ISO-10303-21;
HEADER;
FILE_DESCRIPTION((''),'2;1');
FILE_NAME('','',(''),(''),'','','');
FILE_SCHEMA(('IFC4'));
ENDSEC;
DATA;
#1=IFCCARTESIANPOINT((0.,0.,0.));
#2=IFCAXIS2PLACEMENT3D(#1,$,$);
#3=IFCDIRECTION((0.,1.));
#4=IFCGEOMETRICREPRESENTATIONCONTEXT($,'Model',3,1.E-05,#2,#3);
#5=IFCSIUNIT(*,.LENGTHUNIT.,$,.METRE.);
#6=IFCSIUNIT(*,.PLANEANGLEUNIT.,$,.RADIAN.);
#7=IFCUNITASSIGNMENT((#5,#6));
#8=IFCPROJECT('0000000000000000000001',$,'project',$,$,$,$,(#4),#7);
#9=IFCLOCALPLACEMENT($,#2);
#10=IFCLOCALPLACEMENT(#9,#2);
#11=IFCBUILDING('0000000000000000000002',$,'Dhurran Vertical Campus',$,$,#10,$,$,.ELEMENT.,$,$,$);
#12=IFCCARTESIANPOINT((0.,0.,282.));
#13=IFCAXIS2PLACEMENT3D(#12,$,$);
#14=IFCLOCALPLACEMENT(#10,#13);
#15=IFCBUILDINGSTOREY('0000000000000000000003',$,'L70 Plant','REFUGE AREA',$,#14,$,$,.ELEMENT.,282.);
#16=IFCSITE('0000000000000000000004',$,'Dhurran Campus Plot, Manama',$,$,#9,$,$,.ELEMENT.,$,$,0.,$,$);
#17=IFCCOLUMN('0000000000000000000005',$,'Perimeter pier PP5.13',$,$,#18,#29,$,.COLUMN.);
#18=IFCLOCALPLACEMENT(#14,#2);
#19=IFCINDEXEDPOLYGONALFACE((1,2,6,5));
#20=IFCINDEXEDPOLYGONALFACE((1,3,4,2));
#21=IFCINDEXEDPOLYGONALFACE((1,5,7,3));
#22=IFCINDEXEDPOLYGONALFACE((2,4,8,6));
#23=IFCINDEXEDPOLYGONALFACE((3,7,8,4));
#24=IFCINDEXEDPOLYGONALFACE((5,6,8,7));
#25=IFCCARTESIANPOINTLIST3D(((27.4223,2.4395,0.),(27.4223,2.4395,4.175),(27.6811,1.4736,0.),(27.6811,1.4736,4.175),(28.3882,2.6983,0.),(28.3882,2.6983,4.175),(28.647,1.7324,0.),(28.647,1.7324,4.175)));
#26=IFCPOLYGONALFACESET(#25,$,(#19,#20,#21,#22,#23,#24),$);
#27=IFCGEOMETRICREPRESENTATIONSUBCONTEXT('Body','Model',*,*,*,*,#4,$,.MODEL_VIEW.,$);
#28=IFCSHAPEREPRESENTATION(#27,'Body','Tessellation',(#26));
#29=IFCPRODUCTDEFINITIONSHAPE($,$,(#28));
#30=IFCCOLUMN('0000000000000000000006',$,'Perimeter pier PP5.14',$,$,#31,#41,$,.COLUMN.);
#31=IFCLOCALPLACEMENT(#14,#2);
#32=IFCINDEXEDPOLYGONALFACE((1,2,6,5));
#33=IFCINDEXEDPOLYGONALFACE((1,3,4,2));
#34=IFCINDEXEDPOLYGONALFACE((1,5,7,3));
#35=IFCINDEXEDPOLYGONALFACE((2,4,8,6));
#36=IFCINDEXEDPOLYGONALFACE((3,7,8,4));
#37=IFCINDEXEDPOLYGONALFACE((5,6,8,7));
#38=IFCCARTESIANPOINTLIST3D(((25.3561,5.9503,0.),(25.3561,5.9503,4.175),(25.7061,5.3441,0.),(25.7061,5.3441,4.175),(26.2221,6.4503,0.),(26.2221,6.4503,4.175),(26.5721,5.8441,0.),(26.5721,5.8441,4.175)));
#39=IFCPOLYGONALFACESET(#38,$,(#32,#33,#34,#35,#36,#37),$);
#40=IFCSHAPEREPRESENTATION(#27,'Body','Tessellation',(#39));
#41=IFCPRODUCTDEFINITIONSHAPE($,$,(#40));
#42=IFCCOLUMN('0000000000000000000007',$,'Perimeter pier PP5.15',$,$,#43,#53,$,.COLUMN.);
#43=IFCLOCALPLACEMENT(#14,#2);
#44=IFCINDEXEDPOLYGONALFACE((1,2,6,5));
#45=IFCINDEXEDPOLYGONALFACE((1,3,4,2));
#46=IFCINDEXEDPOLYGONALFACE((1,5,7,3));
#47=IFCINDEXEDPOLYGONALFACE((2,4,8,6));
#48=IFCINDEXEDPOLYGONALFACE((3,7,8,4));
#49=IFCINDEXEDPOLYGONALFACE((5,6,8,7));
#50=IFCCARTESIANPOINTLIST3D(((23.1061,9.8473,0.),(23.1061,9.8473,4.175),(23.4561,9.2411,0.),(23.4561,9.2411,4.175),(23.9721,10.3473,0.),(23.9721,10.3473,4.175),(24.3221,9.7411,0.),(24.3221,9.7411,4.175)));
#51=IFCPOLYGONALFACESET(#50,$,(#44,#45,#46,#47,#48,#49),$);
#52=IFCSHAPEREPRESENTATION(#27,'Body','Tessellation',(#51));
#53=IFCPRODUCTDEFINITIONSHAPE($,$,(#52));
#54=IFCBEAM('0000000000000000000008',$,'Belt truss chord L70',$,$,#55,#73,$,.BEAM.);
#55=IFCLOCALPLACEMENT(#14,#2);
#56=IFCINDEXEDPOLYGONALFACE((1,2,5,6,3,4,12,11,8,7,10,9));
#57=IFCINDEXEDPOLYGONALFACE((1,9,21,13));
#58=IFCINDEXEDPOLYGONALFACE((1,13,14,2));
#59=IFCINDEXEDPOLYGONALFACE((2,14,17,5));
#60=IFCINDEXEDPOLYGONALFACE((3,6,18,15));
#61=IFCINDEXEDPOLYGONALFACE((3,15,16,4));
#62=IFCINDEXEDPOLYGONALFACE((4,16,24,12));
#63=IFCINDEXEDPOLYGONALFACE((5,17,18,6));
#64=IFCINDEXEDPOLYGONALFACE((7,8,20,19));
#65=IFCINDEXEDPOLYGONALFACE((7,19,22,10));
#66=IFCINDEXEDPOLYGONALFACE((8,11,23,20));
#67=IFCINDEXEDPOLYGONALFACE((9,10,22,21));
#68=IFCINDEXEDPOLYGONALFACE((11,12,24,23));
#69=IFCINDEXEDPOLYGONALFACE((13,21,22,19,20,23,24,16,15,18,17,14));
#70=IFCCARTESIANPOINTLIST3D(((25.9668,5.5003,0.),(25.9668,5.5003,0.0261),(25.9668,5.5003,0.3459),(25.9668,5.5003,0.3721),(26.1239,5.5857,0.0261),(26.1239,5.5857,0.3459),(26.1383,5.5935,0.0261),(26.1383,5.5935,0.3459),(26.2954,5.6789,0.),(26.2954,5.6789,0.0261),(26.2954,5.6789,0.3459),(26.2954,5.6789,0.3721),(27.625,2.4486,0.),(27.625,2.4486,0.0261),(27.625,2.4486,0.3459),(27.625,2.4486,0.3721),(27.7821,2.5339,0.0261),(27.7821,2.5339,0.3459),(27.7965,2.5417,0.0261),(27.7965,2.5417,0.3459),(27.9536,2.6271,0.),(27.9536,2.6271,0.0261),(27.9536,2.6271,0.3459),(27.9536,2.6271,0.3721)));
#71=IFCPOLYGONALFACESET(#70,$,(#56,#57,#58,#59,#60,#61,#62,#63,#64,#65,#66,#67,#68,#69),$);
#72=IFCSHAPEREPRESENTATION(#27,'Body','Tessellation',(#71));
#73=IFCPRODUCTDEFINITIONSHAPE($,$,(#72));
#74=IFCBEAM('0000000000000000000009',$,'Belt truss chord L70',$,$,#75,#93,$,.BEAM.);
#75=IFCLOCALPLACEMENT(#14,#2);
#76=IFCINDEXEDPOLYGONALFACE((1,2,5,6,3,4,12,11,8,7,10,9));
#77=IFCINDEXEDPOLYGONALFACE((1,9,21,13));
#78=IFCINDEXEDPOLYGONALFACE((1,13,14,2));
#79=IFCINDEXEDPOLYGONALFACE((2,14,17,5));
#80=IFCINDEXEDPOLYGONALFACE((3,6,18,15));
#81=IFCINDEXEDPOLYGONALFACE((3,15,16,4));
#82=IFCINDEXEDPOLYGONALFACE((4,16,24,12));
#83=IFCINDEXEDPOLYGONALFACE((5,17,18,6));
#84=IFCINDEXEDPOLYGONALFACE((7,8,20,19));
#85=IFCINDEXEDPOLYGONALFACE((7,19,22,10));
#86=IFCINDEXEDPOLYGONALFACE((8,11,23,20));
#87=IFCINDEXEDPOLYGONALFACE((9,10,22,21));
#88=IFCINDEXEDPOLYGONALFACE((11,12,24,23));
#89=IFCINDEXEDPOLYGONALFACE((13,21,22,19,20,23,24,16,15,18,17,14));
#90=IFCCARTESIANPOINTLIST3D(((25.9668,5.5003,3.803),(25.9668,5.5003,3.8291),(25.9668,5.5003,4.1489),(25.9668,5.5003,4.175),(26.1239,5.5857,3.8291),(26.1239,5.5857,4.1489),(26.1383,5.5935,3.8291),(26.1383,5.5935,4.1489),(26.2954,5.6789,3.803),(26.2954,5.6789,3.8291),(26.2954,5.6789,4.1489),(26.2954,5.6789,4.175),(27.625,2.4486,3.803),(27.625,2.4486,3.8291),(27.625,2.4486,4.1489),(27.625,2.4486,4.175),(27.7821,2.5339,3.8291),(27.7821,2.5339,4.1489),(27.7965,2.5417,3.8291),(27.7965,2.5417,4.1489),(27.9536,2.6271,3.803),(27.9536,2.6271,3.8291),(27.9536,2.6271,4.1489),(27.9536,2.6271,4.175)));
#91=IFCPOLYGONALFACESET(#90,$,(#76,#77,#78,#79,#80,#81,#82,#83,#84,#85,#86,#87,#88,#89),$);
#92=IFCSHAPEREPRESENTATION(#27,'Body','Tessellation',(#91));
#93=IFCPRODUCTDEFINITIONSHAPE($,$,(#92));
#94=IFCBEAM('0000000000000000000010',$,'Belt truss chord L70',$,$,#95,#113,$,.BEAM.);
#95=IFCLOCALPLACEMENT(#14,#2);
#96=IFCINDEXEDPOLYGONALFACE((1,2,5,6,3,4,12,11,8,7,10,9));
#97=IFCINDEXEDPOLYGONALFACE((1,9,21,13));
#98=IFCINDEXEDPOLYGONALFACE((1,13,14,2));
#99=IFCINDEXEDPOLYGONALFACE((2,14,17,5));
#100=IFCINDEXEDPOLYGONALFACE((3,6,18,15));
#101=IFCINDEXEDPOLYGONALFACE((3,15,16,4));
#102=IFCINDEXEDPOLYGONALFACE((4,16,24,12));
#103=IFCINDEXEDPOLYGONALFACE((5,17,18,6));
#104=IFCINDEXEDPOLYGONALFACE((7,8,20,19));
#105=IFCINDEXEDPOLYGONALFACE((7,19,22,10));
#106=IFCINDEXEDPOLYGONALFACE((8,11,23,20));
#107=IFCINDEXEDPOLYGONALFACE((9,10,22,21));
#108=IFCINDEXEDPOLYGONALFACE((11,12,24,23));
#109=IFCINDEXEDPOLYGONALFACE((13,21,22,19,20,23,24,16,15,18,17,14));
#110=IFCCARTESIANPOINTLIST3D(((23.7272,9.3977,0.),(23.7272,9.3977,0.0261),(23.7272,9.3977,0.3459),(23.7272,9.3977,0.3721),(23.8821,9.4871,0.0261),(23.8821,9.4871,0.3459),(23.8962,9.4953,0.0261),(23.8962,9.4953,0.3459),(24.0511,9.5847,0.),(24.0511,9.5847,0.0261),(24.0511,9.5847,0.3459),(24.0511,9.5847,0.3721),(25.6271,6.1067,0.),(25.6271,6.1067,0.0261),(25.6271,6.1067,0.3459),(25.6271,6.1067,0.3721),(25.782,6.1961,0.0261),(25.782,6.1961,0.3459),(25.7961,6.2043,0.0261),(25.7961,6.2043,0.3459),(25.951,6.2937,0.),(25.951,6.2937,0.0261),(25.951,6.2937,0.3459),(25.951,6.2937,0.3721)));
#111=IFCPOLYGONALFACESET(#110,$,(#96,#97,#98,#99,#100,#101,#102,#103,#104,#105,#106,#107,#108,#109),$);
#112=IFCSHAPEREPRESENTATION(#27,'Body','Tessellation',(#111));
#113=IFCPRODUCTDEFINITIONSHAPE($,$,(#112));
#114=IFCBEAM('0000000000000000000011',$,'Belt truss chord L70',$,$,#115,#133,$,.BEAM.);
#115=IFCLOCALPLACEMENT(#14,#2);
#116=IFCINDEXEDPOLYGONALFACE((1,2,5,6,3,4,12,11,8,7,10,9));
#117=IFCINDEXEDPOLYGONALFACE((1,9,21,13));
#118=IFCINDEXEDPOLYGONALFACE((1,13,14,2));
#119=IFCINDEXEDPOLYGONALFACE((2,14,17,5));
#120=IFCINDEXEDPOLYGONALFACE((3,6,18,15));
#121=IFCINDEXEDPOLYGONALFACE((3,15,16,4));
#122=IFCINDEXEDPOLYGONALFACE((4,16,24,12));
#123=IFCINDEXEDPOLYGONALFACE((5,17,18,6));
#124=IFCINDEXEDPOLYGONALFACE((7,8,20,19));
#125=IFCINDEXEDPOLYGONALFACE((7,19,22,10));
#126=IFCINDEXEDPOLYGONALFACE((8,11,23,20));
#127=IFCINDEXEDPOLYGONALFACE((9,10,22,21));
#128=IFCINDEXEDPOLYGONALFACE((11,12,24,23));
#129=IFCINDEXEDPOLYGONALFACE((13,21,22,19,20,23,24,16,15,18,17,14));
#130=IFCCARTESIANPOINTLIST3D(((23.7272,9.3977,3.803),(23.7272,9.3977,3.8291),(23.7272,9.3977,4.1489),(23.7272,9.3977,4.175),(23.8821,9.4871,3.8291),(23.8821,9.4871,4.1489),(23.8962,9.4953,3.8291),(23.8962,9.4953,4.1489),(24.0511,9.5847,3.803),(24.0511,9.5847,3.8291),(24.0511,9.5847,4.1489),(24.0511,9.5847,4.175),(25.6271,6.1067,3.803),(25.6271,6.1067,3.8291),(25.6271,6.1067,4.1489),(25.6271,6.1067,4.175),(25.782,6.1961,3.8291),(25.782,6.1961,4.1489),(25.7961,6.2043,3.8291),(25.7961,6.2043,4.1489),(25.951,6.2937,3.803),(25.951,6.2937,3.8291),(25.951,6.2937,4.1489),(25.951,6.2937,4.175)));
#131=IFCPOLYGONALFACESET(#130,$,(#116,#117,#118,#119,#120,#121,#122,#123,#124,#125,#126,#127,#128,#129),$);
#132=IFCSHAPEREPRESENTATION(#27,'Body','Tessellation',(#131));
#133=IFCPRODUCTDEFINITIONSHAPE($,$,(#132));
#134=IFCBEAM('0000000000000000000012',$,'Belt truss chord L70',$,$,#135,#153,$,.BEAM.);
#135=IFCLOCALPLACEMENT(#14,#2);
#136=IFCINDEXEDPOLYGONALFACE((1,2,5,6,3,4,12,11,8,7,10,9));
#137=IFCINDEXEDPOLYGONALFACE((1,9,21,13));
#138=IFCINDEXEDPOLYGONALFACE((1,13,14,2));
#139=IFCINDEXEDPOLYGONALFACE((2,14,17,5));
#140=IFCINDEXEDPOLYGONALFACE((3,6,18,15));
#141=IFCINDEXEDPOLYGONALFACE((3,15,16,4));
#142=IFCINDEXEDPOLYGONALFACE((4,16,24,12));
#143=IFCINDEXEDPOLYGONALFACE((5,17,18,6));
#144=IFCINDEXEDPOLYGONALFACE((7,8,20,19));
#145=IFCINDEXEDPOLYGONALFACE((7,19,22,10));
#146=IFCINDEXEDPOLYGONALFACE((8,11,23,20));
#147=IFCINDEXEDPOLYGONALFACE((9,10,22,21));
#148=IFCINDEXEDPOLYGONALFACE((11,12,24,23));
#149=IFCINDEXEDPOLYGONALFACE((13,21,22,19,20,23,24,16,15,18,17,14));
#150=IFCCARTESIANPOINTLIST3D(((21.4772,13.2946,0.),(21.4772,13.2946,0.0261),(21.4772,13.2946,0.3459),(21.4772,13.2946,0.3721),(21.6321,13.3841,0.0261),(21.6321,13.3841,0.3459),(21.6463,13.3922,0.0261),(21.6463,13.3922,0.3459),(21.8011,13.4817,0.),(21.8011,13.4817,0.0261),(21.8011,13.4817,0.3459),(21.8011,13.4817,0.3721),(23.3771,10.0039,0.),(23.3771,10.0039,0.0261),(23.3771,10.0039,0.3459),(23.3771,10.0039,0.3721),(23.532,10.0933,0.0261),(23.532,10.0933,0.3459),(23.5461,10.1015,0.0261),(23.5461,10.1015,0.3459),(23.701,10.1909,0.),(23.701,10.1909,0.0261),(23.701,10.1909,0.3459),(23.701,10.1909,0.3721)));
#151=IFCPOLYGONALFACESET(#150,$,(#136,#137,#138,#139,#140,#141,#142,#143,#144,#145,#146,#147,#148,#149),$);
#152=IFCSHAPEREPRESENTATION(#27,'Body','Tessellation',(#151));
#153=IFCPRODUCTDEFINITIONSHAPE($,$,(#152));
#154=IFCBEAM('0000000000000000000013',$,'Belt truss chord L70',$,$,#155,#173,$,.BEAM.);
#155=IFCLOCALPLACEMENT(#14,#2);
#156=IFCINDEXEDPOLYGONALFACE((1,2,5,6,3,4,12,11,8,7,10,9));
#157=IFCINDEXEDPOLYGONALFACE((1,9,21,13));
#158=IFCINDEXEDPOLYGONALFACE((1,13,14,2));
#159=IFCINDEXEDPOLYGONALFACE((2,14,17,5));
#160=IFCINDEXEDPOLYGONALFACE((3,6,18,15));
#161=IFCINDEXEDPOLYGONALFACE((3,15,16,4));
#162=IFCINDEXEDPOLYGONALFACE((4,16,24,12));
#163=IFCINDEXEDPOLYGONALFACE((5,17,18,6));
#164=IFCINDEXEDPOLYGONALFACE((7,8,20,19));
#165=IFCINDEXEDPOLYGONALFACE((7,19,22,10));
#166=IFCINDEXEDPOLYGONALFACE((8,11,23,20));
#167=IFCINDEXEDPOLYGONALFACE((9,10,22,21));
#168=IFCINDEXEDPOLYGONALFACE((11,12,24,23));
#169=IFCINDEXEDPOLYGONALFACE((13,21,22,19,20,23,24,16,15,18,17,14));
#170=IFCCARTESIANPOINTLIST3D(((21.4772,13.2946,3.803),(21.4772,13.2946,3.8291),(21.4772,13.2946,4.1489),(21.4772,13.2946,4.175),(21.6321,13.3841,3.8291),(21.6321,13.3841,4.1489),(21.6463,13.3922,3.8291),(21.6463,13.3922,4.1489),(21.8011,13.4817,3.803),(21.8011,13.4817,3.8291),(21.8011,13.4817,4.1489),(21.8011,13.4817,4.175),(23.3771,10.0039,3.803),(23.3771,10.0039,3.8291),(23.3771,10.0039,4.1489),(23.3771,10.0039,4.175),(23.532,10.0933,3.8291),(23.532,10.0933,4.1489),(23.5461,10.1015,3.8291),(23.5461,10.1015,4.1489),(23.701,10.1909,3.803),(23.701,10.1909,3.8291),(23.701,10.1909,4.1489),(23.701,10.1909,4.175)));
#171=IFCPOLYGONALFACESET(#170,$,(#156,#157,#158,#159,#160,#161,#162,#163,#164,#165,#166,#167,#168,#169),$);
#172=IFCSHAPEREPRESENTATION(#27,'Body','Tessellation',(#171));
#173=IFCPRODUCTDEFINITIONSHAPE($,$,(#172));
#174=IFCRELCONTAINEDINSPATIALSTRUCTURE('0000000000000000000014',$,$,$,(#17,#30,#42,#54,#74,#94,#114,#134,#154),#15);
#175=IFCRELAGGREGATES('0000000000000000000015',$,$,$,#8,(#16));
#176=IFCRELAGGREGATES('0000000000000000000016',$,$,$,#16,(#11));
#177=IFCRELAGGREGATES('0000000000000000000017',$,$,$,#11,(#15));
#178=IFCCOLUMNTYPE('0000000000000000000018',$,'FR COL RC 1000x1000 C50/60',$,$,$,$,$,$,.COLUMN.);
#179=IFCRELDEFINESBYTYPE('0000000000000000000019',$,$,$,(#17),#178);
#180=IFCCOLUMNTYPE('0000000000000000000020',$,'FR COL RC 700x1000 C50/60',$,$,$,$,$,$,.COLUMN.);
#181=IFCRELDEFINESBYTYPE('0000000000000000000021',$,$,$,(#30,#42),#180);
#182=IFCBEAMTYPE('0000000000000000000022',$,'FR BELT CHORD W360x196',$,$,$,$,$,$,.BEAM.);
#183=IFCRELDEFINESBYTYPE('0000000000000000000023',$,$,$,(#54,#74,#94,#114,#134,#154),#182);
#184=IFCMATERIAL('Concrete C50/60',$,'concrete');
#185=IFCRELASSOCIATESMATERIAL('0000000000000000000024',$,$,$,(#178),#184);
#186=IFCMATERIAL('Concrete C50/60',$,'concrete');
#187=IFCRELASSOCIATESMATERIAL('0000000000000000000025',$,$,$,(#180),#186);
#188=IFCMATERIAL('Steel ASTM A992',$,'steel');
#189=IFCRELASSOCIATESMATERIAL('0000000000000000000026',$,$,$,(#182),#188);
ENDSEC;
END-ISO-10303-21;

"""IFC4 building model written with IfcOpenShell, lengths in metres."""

from ifc_helpers import new_model, si_unit, direction, frame, origin, origin_2d, place, context, subcontext, project, spatial, rectangle, i_section, extrude, material, material_profile, profile_set, type_object, element, save


model = new_model("IFC4")

# Units and contexts
model_context = context("Model", 3, precision=1e-05, world=origin(), true_north=direction((0.0, 1.0)))
body_context = subcontext(model_context, "Body", "Model", "MODEL_VIEW")
ifc_project = project(units=[si_unit("LENGTHUNIT", "METRE"), si_unit("PLANEANGLEUNIT", "RADIAN")], contexts=[model_context])

# Site, building, storey
site_placement = place(None, origin())
site = spatial("IfcSite", under=ifc_project, at=site_placement, Name="Dhurran Campus Plot, Manama", CompositionType="ELEMENT", RefElevation=0.0)
building_placement = place(site_placement, origin())
building = spatial("IfcBuilding", under=site, at=building_placement, Name="Dhurran Vertical Campus", CompositionType="ELEMENT")
storey_placement = place(building_placement, frame((0.0, 0.0, 282.0)))
storey = spatial("IfcBuildingStorey", under=building, at=storey_placement, Name="L70 Plant", Description="REFUGE AREA", CompositionType="ELEMENT", Elevation=282.0)

# Columns
ifc_material_1 = material(Name="Concrete C50/60", Category="concrete")
ifc_material_profile_1 = material_profile(ifc_material_1, rectangle(XDim=1.0, YDim=1.0, at=origin_2d()), Name="RC 1000x1000")
ifc_profile_set_1 = profile_set([ifc_material_profile_1], Name="Concrete C50/60")
column_type_1 = type_object("IfcColumnType", Name="FR COL RC 1000x1000 C50/60", PredefinedType="COLUMN", material=ifc_profile_set_1)
column_placement = place(storey_placement, frame((28.0347, 2.0859, 0.0), z_axis=(0.0, 0.0, 1.0), x_axis=(-0.258819, 0.965926, 0.0)))
element("IfcColumn", 1, at=column_placement, inside=storey, type_object=column_type_1, Name="Perimeter pier PP5.13", PredefinedType="COLUMN", context=body_context, shape_type="SweptSolid", body=[
    extrude(rectangle(XDim=1.0, YDim=1.0, at=origin_2d()), origin(), (0.0, 0.0, 1.0), 4.175),
])
ifc_material_2 = material(Name="Concrete C50/60", Category="concrete")
ifc_material_profile_2 = material_profile(ifc_material_2, rectangle(XDim=0.7, YDim=1.0, at=origin_2d()), Name="RC 700x1000")
ifc_profile_set_2 = profile_set([ifc_material_profile_2], Name="Concrete C50/60")
column_type_2 = type_object("IfcColumnType", Name="FR COL RC 700x1000 C50/60", PredefinedType="COLUMN", material=ifc_profile_set_2)
for number, where, z_axis, x_axis, name in (
    (2, (25.9641, 5.8972, 0.0), (0.0, 0.0, 1.0), (-0.5, 0.866025, 0.0), "Perimeter pier PP5.14"),
    (3, (23.7141, 9.7942, 0.0), (0.0, 0.0, 1.0), (-0.5, 0.866025, 0.0), "Perimeter pier PP5.15"),
):
    element("IfcColumn", number, at=place(storey_placement, frame(where, z_axis=z_axis, x_axis=x_axis)), inside=storey, type_object=column_type_2, Name=name, PredefinedType="COLUMN", context=body_context, shape_type="SweptSolid", body=[
        extrude(rectangle(XDim=0.7, YDim=1.0, at=origin_2d()), origin(), (0.0, 0.0, 1.0), 4.175),
    ])

# Beams
ifc_material_3 = material(Name="Steel ASTM A992", Category="steel")
ifc_material_profile_3 = material_profile(ifc_material_3, i_section(OverallWidth=0.374, OverallDepth=0.3721, WebThickness=0.0164, FlangeThickness=0.0261, at=origin_2d()), Name="W360x196")
ifc_profile_set_3 = profile_set([ifc_material_profile_3], Name="Steel ASTM A992")
beam_type = type_object("IfcBeamType", Name="FR BELT CHORD W360x196", PredefinedType="BEAM", material=ifc_profile_set_3)
for number, where, z_axis, x_axis, name in (
    (4, (27.7893, 2.5378, 0.186), (-0.477433, 0.878668, 0.0), (-0.878668, -0.477433, 0.0), "Belt truss chord L70"),
    (5, (27.7893, 2.5378, 3.989), (-0.477433, 0.878668, 0.0), (-0.878668, -0.477433, 0.0), "Belt truss chord L70"),
):
    element("IfcBeam", number, at=place(storey_placement, frame(where, z_axis=z_axis, x_axis=x_axis)), inside=storey, type_object=beam_type, Name=name, PredefinedType="BEAM", context=body_context, shape_type="SweptSolid", body=[
        extrude(i_section(OverallWidth=0.374, OverallDepth=0.3721, WebThickness=0.0164, FlangeThickness=0.0261, at=origin_2d()), origin(), (0.0, 0.0, 1.0), 3.4731),
    ])
for number, where, z_axis, x_axis, name in (
    (6, (25.7891, 6.2002, 0.186), (-0.499967, 0.866044, 0.0), (-0.866044, -0.499967, 0.0), "Belt truss chord L70"),
    (7, (25.7891, 6.2002, 3.989), (-0.499967, 0.866044, 0.0), (-0.866044, -0.499967, 0.0), "Belt truss chord L70"),
):
    element("IfcBeam", number, at=place(storey_placement, frame(where, z_axis=z_axis, x_axis=x_axis)), inside=storey, type_object=beam_type, Name=name, PredefinedType="BEAM", context=body_context, shape_type="SweptSolid", body=[
        extrude(i_section(OverallWidth=0.374, OverallDepth=0.3721, WebThickness=0.0164, FlangeThickness=0.0261, at=origin_2d()), origin(), (0.0, 0.0, 1.0), 3.8),
    ])
for number, where, z_axis, x_axis, name in (
    (8, (23.5391, 10.0974, 0.186), (-0.499995, 0.866028, 0.0), (-0.866028, -0.499995, 0.0), "Belt truss chord L70"),
    (9, (23.5391, 10.0974, 3.989), (-0.499995, 0.866028, 0.0), (-0.866028, -0.499995, 0.0), "Belt truss chord L70"),
):
    element("IfcBeam", number, at=place(storey_placement, frame(where, z_axis=z_axis, x_axis=x_axis)), inside=storey, type_object=beam_type, Name=name, PredefinedType="BEAM", context=body_context, shape_type="SweptSolid", body=[
        extrude(i_section(OverallWidth=0.374, OverallDepth=0.3721, WebThickness=0.0164, FlangeThickness=0.0261, at=origin_2d()), origin(), (0.0, 0.0, 1.0), 3.7998),
    ])

save(model, "model.ifc")
